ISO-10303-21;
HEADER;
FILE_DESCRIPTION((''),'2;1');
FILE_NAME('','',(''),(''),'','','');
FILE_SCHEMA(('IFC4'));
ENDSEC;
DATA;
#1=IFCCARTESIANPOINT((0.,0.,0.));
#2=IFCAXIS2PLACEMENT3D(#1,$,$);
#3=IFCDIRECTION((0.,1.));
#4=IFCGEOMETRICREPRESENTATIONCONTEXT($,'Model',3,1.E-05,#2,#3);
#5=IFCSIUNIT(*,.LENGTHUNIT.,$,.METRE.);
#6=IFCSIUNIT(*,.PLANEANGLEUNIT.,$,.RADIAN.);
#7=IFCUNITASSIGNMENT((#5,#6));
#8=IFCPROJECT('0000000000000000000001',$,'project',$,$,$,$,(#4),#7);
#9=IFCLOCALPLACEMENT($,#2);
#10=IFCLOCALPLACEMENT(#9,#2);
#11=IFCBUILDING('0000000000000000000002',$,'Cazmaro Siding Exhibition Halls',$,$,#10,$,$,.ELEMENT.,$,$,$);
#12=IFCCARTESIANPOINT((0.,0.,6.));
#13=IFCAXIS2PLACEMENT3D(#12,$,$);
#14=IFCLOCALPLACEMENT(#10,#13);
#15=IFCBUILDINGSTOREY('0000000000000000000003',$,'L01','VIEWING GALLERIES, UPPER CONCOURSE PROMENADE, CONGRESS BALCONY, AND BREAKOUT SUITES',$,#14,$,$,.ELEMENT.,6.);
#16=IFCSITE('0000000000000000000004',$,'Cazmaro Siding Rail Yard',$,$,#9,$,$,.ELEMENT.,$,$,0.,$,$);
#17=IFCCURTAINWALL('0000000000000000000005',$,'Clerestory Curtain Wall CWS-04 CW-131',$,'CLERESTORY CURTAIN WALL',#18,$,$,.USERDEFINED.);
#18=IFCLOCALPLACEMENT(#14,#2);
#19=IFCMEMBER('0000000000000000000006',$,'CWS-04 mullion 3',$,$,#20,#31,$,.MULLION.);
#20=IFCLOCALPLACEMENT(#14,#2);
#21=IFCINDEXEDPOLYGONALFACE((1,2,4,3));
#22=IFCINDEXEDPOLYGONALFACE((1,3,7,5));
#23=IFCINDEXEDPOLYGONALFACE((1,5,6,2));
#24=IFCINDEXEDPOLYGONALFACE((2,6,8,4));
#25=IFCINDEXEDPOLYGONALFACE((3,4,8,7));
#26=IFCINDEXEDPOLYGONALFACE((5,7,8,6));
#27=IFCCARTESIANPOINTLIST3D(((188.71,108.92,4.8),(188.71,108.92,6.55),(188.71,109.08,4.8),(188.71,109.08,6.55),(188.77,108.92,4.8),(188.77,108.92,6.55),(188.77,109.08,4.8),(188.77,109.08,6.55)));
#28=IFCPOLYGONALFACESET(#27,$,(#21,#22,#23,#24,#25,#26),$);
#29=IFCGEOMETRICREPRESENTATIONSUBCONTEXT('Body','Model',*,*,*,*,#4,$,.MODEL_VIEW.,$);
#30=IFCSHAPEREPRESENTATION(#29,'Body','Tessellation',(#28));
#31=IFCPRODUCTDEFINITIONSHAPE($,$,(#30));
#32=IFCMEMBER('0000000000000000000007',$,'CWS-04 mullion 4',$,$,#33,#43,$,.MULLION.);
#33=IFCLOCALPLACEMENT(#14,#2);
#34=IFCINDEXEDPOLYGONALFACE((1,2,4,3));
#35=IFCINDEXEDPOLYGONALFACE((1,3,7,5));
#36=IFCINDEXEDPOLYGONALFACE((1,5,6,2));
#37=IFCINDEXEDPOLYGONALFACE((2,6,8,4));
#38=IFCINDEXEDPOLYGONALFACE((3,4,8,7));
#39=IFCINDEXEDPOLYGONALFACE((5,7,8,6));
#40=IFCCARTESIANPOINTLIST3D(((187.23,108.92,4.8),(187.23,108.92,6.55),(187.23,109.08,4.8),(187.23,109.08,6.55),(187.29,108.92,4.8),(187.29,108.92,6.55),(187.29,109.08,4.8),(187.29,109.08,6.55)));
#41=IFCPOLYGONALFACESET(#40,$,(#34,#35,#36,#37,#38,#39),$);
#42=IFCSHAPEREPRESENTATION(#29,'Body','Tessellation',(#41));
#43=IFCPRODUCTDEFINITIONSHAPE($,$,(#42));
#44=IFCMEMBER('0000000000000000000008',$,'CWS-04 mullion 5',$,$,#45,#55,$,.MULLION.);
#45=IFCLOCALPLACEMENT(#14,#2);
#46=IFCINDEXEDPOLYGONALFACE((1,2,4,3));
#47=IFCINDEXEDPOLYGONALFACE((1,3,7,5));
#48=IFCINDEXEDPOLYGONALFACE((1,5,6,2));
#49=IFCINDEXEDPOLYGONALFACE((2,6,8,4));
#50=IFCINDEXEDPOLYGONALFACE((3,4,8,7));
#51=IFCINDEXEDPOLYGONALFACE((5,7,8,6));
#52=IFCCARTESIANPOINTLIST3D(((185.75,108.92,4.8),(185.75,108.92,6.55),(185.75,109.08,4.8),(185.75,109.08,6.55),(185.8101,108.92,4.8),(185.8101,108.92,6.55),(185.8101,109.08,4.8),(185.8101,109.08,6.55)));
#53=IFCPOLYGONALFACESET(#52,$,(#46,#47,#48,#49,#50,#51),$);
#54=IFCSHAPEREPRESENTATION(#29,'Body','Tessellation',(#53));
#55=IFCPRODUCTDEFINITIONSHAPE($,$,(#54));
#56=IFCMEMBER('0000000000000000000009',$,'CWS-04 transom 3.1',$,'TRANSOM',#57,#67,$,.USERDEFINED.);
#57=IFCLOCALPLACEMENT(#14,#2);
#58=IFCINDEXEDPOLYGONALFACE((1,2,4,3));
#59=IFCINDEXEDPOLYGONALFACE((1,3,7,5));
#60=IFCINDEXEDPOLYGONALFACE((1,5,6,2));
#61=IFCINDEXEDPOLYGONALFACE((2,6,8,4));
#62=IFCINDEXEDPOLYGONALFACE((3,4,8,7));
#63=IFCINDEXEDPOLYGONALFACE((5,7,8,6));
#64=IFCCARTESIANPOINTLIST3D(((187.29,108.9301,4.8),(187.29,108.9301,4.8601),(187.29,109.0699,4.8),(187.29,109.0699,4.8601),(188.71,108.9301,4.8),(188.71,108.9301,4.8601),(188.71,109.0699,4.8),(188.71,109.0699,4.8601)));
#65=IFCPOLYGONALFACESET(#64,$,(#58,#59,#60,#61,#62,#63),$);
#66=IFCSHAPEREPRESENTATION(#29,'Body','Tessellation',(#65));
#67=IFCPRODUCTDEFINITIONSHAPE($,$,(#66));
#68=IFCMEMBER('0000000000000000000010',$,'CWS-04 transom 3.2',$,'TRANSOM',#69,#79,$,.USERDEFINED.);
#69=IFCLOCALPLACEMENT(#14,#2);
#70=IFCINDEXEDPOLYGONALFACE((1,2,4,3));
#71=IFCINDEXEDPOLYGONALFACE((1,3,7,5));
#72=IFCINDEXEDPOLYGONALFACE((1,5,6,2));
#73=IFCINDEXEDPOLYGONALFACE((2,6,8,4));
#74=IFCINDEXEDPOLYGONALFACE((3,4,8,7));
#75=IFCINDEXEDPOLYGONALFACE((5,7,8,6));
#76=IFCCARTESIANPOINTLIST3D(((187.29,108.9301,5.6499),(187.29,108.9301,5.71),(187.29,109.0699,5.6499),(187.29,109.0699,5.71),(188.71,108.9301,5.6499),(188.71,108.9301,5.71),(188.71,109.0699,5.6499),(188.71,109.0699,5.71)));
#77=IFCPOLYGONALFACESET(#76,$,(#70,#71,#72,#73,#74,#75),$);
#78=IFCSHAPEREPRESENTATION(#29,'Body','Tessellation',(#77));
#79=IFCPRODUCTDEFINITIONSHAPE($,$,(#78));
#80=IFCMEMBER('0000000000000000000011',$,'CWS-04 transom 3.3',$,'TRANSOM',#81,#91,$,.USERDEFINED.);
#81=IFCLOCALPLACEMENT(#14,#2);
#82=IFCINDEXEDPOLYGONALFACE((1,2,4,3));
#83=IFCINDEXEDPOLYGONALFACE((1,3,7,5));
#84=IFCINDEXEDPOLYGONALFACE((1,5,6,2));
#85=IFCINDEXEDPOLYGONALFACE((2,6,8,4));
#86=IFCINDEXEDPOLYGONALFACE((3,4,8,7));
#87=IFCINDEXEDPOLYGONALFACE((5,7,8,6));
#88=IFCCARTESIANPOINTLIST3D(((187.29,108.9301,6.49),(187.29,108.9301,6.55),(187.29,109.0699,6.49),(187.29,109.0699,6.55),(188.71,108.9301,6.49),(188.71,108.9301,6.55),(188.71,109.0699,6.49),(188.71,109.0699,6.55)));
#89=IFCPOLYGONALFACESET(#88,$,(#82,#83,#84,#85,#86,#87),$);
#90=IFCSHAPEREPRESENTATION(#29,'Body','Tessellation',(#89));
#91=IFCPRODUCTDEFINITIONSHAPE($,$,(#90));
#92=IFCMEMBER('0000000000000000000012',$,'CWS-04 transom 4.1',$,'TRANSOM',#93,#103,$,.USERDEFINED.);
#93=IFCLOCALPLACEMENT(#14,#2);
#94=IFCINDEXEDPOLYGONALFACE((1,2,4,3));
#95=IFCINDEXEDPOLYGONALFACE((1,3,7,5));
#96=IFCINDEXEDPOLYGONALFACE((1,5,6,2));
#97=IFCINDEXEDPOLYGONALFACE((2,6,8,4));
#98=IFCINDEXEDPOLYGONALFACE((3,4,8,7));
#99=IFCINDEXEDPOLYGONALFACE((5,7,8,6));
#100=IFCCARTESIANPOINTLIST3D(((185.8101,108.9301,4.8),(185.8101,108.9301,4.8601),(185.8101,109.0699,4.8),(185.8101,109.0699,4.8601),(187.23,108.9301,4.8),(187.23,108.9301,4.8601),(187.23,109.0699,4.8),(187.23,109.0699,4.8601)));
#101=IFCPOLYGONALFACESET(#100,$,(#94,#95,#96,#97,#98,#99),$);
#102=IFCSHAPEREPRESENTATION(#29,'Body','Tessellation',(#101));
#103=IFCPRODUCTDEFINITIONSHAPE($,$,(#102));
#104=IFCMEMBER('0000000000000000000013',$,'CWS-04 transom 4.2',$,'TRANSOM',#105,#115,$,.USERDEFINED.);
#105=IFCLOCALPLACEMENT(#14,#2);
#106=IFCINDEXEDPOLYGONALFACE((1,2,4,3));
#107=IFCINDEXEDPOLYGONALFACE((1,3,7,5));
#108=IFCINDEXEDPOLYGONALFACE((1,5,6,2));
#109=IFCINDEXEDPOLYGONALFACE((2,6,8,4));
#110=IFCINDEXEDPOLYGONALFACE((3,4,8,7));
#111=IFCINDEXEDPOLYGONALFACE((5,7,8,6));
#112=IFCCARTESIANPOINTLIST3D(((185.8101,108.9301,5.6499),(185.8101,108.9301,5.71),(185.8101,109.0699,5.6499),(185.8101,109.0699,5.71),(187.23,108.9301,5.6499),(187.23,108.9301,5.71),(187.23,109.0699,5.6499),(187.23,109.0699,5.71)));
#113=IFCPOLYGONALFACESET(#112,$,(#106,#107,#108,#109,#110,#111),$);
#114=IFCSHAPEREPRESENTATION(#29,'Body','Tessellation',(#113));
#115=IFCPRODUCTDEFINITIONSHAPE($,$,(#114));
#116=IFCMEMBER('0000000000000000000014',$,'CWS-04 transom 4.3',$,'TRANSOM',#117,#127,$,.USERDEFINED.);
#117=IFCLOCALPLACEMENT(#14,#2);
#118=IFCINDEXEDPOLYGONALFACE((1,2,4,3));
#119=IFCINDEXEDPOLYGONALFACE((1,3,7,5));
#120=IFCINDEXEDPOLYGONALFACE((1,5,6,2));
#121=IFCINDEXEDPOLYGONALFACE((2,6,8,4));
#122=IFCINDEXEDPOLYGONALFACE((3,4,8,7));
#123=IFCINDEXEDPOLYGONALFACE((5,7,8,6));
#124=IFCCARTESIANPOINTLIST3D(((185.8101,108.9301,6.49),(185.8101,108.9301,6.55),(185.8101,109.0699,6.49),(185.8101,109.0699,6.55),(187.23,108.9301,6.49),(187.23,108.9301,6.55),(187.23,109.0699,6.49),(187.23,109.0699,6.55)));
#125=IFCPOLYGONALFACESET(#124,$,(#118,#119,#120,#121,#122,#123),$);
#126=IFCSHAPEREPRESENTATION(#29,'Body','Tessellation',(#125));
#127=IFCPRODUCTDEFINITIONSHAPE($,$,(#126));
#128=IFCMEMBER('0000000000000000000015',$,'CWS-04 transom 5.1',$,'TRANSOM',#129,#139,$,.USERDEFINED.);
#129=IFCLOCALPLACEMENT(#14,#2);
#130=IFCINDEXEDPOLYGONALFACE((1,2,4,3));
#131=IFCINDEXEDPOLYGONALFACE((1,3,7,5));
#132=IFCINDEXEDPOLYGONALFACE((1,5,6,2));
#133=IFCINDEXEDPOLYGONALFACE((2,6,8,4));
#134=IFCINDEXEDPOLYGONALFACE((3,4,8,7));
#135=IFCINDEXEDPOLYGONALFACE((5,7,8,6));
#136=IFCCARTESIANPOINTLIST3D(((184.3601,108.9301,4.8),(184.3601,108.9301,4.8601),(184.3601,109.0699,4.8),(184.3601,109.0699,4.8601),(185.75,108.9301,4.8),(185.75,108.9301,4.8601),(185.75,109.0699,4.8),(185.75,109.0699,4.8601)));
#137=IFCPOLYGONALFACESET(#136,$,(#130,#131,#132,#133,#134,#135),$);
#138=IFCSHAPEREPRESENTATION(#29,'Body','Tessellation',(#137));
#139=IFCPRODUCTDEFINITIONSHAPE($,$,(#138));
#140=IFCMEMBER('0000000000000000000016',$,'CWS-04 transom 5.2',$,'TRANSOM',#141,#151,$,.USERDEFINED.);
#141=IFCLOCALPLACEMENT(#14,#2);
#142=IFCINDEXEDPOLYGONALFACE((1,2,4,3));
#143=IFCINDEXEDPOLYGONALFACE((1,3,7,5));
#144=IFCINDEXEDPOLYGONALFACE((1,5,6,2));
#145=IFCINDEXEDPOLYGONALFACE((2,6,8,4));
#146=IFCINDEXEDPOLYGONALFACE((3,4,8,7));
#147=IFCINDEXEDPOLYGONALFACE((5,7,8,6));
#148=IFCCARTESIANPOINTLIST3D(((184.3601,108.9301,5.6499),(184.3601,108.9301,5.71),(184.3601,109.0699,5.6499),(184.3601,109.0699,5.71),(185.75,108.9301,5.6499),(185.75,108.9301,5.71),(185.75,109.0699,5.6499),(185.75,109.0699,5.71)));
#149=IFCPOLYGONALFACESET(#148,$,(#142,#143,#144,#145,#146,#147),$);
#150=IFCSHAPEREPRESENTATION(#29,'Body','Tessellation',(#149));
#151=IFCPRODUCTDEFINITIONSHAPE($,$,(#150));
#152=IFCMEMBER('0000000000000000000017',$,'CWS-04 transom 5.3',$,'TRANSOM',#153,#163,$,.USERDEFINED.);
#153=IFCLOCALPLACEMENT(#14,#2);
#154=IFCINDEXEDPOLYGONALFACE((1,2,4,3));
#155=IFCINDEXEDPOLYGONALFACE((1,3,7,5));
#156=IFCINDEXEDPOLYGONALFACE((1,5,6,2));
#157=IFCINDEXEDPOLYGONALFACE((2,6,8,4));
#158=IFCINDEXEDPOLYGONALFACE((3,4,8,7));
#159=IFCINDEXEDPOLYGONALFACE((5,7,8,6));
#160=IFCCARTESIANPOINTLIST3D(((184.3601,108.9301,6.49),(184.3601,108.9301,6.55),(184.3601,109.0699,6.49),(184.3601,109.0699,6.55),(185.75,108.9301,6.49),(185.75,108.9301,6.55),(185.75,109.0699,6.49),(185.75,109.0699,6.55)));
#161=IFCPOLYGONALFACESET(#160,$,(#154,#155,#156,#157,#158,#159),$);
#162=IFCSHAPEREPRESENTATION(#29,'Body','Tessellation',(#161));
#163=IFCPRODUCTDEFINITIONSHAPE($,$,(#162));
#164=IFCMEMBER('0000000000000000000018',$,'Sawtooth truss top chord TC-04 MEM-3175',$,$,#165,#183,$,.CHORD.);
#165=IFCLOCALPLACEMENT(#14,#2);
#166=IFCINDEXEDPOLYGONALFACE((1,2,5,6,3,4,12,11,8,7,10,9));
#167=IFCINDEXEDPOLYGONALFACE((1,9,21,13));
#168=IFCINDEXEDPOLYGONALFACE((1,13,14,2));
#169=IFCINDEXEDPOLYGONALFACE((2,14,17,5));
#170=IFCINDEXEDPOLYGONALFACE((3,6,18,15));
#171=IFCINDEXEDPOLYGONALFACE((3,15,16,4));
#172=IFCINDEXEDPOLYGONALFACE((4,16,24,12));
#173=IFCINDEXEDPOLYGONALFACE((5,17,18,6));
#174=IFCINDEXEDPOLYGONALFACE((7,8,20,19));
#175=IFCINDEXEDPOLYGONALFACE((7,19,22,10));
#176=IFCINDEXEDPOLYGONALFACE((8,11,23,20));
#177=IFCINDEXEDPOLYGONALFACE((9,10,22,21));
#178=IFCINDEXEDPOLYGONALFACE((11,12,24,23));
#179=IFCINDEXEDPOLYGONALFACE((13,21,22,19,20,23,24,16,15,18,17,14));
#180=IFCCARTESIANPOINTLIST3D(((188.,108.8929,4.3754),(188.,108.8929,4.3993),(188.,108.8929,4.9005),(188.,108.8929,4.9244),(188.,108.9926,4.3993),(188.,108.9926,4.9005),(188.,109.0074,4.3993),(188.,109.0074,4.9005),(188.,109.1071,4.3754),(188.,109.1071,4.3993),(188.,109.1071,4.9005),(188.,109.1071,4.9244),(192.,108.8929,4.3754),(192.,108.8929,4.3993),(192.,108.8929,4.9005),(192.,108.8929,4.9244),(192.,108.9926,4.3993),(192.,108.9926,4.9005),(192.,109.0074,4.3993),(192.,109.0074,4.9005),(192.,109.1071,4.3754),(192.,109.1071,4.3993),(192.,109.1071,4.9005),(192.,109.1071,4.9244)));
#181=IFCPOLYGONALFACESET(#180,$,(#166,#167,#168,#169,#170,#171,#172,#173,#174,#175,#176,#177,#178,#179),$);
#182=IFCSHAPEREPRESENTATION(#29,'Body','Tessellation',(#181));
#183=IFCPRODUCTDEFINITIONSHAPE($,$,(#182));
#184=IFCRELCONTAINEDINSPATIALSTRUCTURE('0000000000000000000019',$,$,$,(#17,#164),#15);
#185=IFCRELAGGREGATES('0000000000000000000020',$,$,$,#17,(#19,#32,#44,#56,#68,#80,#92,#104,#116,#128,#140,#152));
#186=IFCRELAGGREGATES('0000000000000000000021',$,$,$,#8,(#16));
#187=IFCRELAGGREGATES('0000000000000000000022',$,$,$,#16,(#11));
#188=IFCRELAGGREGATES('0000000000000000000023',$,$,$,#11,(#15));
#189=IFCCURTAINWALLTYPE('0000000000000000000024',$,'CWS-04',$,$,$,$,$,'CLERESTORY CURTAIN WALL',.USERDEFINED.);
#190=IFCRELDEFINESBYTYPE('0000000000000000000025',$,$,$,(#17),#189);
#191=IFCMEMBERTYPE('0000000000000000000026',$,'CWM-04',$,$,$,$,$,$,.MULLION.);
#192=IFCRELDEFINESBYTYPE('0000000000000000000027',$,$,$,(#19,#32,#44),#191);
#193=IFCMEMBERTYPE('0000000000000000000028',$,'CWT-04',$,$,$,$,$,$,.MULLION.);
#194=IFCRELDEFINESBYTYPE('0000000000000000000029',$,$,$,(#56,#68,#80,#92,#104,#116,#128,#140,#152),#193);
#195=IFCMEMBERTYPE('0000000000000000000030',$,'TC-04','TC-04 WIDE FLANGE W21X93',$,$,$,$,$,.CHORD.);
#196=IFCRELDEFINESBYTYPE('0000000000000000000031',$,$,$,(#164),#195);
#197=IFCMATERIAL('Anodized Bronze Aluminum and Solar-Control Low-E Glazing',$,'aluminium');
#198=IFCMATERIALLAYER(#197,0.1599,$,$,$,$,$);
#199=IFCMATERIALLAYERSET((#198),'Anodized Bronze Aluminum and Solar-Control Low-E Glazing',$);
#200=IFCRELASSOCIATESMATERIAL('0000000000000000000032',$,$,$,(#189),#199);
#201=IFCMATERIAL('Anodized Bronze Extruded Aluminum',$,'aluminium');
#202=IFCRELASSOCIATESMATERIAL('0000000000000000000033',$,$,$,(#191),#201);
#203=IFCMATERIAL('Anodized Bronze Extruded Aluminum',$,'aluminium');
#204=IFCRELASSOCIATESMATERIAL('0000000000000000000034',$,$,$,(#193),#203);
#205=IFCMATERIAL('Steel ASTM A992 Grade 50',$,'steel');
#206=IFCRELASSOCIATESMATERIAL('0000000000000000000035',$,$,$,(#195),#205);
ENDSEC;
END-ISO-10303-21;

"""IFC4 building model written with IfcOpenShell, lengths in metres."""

from ifc_helpers import new_model, si_unit, direction, frame, origin, origin_2d, place, context, subcontext, project, spatial, rectangle, i_section, extrude, material, layer, layer_set, material_profile, profile_set, type_object, element, aggregate, save


model = new_model("IFC4")

# Units and contexts
model_context = context("Model", 3, precision=1e-05, world=origin(), true_north=direction((0.0, 1.0)))
body_context = subcontext(model_context, "Body", "Model", "MODEL_VIEW")
ifc_project = project(units=[si_unit("LENGTHUNIT", "METRE"), si_unit("PLANEANGLEUNIT", "RADIAN")], contexts=[model_context])

# Site, building, storey
site_placement = place(None, origin())
site = spatial("IfcSite", under=ifc_project, at=site_placement, Name="Cazmaro Siding Rail Yard", CompositionType="ELEMENT", RefElevation=0.0)
building_placement = place(site_placement, origin())
building = spatial("IfcBuilding", under=site, at=building_placement, Name="Cazmaro Siding Exhibition Halls", CompositionType="ELEMENT")
storey_placement = place(building_placement, frame((0.0, 0.0, 6.0)))
storey = spatial("IfcBuildingStorey", under=building, at=storey_placement, Name="L01", Description="VIEWING GALLERIES, UPPER CONCOURSE PROMENADE, CONGRESS BALCONY, AND BREAKOUT SUITES", CompositionType="ELEMENT", Elevation=6.0)

# Curtain wall, members
ifc_material_1 = material(Name="Anodized Bronze Aluminum and Solar-Control Low-E Glazing", Category="aluminium")
ifc_layer_1 = layer(ifc_material_1, 0.1599)
ifc_layer_set_1 = layer_set([ifc_layer_1], Name="Anodized Bronze Aluminum and Solar-Control Low-E Glazing")
curtain_wall_type = type_object("IfcCurtainWallType", Name="CWS-04", ElementType="CLERESTORY CURTAIN WALL", PredefinedType="USERDEFINED", material=ifc_layer_set_1)
curtain_wall_placement = place(storey_placement, origin())
curtain_wall = element("IfcCurtainWall", 1, at=curtain_wall_placement, inside=storey, type_object=curtain_wall_type, Name="Clerestory Curtain Wall CWS-04 CW-131", ObjectType="CLERESTORY CURTAIN WALL", PredefinedType="USERDEFINED")
ifc_material_2 = material(Name="Anodized Bronze Extruded Aluminum", Category="aluminium")
ifc_material_profile_1 = material_profile(ifc_material_2, rectangle(XDim=0.1599, YDim=0.0601, at=origin_2d()), Name="CWM-04")
ifc_profile_set_1 = profile_set([ifc_material_profile_1], Name="Anodized Bronze Extruded Aluminum")
member_type_1 = type_object("IfcMemberType", Name="CWM-04", PredefinedType="MULLION", material=ifc_profile_set_1)
member_1_placement = place(storey_placement, frame((188.74, 109.0, 4.8), z_axis=(0.0, 0.0, 1.0), x_axis=(0.0, -1.0, 0.0)))
member_1 = element("IfcMember", 2, at=member_1_placement, type_object=member_type_1, Name="CWS-04 mullion 3", PredefinedType="MULLION", context=body_context, shape_type="SweptSolid", body=[
    extrude(rectangle(XDim=0.1599, YDim=0.0601, at=origin_2d()), origin(), (0.0, 0.0, 1.0), 1.75),
])
member_2_placement = place(storey_placement, frame((187.26, 109.0, 4.8), z_axis=(0.0, 0.0, 1.0), x_axis=(0.0, -1.0, 0.0)))
member_2 = element("IfcMember", 3, at=member_2_placement, type_object=member_type_1, Name="CWS-04 mullion 4", PredefinedType="MULLION", context=body_context, shape_type="SweptSolid", body=[
    extrude(rectangle(XDim=0.1599, YDim=0.0601, at=origin_2d()), origin(), (0.0, 0.0, 1.0), 1.75),
])
member_3_placement = place(storey_placement, frame((185.78, 109.0, 4.8), z_axis=(0.0, 0.0, 1.0), x_axis=(0.0, -1.0, 0.0)))
member_3 = element("IfcMember", 4, at=member_3_placement, type_object=member_type_1, Name="CWS-04 mullion 5", PredefinedType="MULLION", context=body_context, shape_type="SweptSolid", body=[
    extrude(rectangle(XDim=0.1599, YDim=0.0601, at=origin_2d()), origin(), (0.0, 0.0, 1.0), 1.75),
])
ifc_material_3 = material(Name="Anodized Bronze Extruded Aluminum", Category="aluminium")
ifc_material_profile_2 = material_profile(ifc_material_3, rectangle(XDim=0.1399, YDim=0.0601, at=origin_2d()), Name="CWT-04")
ifc_profile_set_2 = profile_set([ifc_material_profile_2], Name="Anodized Bronze Extruded Aluminum")
member_type_2 = type_object("IfcMemberType", Name="CWT-04", PredefinedType="MULLION", material=ifc_profile_set_2)
member_4_placement = place(storey_placement, frame((188.71, 109.0, 4.8301), z_axis=(-1.0, 0.0, 0.0), x_axis=(0.0, -1.0, 0.0)))
member_4 = element("IfcMember", 5, at=member_4_placement, type_object=member_type_2, Name="CWS-04 transom 3.1", ObjectType="TRANSOM", PredefinedType="USERDEFINED", context=body_context, shape_type="SweptSolid", body=[
    extrude(rectangle(XDim=0.1399, YDim=0.0601, at=origin_2d()), origin(), (0.0, 0.0, 1.0), 1.4199),
])
member_5_placement = place(storey_placement, frame((188.71, 109.0, 5.6799), z_axis=(-1.0, 0.0, 0.0), x_axis=(0.0, -1.0, 0.0)))
member_5 = element("IfcMember", 6, at=member_5_placement, type_object=member_type_2, Name="CWS-04 transom 3.2", ObjectType="TRANSOM", PredefinedType="USERDEFINED", context=body_context, shape_type="SweptSolid", body=[
    extrude(rectangle(XDim=0.1399, YDim=0.0601, at=origin_2d()), origin(), (0.0, 0.0, 1.0), 1.4199),
])
member_6_placement = place(storey_placement, frame((188.71, 109.0, 6.52), z_axis=(-1.0, 0.0, 0.0), x_axis=(0.0, -1.0, 0.0)))
member_6 = element("IfcMember", 7, at=member_6_placement, type_object=member_type_2, Name="CWS-04 transom 3.3", ObjectType="TRANSOM", PredefinedType="USERDEFINED", context=body_context, shape_type="SweptSolid", body=[
    extrude(rectangle(XDim=0.1399, YDim=0.0601, at=origin_2d()), origin(), (0.0, 0.0, 1.0), 1.4199),
])
member_7_placement = place(storey_placement, frame((187.23, 109.0, 4.8301), z_axis=(-1.0, 0.0, 0.0), x_axis=(0.0, -1.0, 0.0)))
member_7 = element("IfcMember", 8, at=member_7_placement, type_object=member_type_2, Name="CWS-04 transom 4.1", ObjectType="TRANSOM", PredefinedType="USERDEFINED", context=body_context, shape_type="SweptSolid", body=[
    extrude(rectangle(XDim=0.1399, YDim=0.0601, at=origin_2d()), origin(), (0.0, 0.0, 1.0), 1.4199),
])
member_8_placement = place(storey_placement, frame((187.23, 109.0, 5.6799), z_axis=(-1.0, 0.0, 0.0), x_axis=(0.0, -1.0, 0.0)))
member_8 = element("IfcMember", 9, at=member_8_placement, type_object=member_type_2, Name="CWS-04 transom 4.2", ObjectType="TRANSOM", PredefinedType="USERDEFINED", context=body_context, shape_type="SweptSolid", body=[
    extrude(rectangle(XDim=0.1399, YDim=0.0601, at=origin_2d()), origin(), (0.0, 0.0, 1.0), 1.4199),
])
member_9_placement = place(storey_placement, frame((187.23, 109.0, 6.52), z_axis=(-1.0, 0.0, 0.0), x_axis=(0.0, -1.0, 0.0)))
member_9 = element("IfcMember", 10, at=member_9_placement, type_object=member_type_2, Name="CWS-04 transom 4.3", ObjectType="TRANSOM", PredefinedType="USERDEFINED", context=body_context, shape_type="SweptSolid", body=[
    extrude(rectangle(XDim=0.1399, YDim=0.0601, at=origin_2d()), origin(), (0.0, 0.0, 1.0), 1.4199),
])
member_10_placement = place(storey_placement, frame((185.75, 109.0, 4.8301), z_axis=(-1.0, 0.0, 0.0), x_axis=(0.0, -1.0, 0.0)))
member_10 = element("IfcMember", 11, at=member_10_placement, type_object=member_type_2, Name="CWS-04 transom 5.1", ObjectType="TRANSOM", PredefinedType="USERDEFINED", context=body_context, shape_type="SweptSolid", body=[
    extrude(rectangle(XDim=0.1399, YDim=0.0601, at=origin_2d()), origin(), (0.0, 0.0, 1.0), 1.3899),
])
member_11_placement = place(storey_placement, frame((185.75, 109.0, 5.6799), z_axis=(-1.0, 0.0, 0.0), x_axis=(0.0, -1.0, 0.0)))
member_11 = element("IfcMember", 12, at=member_11_placement, type_object=member_type_2, Name="CWS-04 transom 5.2", ObjectType="TRANSOM", PredefinedType="USERDEFINED", context=body_context, shape_type="SweptSolid", body=[
    extrude(rectangle(XDim=0.1399, YDim=0.0601, at=origin_2d()), origin(), (0.0, 0.0, 1.0), 1.3899),
])
member_12_placement = place(storey_placement, frame((185.75, 109.0, 6.52), z_axis=(-1.0, 0.0, 0.0), x_axis=(0.0, -1.0, 0.0)))
member_12 = element("IfcMember", 13, at=member_12_placement, type_object=member_type_2, Name="CWS-04 transom 5.3", ObjectType="TRANSOM", PredefinedType="USERDEFINED", context=body_context, shape_type="SweptSolid", body=[
    extrude(rectangle(XDim=0.1399, YDim=0.0601, at=origin_2d()), origin(), (0.0, 0.0, 1.0), 1.3899),
])

# Member
ifc_material_4 = material(Name="Steel ASTM A992 Grade 50", Category="steel")
ifc_material_profile_3 = material_profile(ifc_material_4, i_section(OverallWidth=0.2141, OverallDepth=0.5491, WebThickness=0.0149, FlangeThickness=0.0239, at=origin_2d()), Name="W21X93")
ifc_profile_set_3 = profile_set([ifc_material_profile_3], Name="Steel ASTM A992 Grade 50")
member_type_3 = type_object("IfcMemberType", Name="TC-04", Description="TC-04 WIDE FLANGE W21X93", PredefinedType="CHORD", material=ifc_profile_set_3)
member_13_placement = place(storey_placement, frame((188.0, 109.0, 4.6499), z_axis=(1.0, 0.0, 0.0), x_axis=(0.0, 1.0, 0.0)))
element("IfcMember", 14, at=member_13_placement, inside=storey, type_object=member_type_3, Name="Sawtooth truss top chord TC-04 MEM-3175", PredefinedType="CHORD", context=body_context, shape_type="SweptSolid", body=[
    extrude(i_section(OverallWidth=0.2141, OverallDepth=0.5491, WebThickness=0.0149, FlangeThickness=0.0239, at=origin_2d()), origin(), (0.0, 0.0, 1.0), 4.0),
])

aggregate(curtain_wall, [member_1, member_2, member_3, member_4, member_5, member_6, member_7, member_8, member_9, member_10, member_11, member_12])

save(model, "model.ifc")
